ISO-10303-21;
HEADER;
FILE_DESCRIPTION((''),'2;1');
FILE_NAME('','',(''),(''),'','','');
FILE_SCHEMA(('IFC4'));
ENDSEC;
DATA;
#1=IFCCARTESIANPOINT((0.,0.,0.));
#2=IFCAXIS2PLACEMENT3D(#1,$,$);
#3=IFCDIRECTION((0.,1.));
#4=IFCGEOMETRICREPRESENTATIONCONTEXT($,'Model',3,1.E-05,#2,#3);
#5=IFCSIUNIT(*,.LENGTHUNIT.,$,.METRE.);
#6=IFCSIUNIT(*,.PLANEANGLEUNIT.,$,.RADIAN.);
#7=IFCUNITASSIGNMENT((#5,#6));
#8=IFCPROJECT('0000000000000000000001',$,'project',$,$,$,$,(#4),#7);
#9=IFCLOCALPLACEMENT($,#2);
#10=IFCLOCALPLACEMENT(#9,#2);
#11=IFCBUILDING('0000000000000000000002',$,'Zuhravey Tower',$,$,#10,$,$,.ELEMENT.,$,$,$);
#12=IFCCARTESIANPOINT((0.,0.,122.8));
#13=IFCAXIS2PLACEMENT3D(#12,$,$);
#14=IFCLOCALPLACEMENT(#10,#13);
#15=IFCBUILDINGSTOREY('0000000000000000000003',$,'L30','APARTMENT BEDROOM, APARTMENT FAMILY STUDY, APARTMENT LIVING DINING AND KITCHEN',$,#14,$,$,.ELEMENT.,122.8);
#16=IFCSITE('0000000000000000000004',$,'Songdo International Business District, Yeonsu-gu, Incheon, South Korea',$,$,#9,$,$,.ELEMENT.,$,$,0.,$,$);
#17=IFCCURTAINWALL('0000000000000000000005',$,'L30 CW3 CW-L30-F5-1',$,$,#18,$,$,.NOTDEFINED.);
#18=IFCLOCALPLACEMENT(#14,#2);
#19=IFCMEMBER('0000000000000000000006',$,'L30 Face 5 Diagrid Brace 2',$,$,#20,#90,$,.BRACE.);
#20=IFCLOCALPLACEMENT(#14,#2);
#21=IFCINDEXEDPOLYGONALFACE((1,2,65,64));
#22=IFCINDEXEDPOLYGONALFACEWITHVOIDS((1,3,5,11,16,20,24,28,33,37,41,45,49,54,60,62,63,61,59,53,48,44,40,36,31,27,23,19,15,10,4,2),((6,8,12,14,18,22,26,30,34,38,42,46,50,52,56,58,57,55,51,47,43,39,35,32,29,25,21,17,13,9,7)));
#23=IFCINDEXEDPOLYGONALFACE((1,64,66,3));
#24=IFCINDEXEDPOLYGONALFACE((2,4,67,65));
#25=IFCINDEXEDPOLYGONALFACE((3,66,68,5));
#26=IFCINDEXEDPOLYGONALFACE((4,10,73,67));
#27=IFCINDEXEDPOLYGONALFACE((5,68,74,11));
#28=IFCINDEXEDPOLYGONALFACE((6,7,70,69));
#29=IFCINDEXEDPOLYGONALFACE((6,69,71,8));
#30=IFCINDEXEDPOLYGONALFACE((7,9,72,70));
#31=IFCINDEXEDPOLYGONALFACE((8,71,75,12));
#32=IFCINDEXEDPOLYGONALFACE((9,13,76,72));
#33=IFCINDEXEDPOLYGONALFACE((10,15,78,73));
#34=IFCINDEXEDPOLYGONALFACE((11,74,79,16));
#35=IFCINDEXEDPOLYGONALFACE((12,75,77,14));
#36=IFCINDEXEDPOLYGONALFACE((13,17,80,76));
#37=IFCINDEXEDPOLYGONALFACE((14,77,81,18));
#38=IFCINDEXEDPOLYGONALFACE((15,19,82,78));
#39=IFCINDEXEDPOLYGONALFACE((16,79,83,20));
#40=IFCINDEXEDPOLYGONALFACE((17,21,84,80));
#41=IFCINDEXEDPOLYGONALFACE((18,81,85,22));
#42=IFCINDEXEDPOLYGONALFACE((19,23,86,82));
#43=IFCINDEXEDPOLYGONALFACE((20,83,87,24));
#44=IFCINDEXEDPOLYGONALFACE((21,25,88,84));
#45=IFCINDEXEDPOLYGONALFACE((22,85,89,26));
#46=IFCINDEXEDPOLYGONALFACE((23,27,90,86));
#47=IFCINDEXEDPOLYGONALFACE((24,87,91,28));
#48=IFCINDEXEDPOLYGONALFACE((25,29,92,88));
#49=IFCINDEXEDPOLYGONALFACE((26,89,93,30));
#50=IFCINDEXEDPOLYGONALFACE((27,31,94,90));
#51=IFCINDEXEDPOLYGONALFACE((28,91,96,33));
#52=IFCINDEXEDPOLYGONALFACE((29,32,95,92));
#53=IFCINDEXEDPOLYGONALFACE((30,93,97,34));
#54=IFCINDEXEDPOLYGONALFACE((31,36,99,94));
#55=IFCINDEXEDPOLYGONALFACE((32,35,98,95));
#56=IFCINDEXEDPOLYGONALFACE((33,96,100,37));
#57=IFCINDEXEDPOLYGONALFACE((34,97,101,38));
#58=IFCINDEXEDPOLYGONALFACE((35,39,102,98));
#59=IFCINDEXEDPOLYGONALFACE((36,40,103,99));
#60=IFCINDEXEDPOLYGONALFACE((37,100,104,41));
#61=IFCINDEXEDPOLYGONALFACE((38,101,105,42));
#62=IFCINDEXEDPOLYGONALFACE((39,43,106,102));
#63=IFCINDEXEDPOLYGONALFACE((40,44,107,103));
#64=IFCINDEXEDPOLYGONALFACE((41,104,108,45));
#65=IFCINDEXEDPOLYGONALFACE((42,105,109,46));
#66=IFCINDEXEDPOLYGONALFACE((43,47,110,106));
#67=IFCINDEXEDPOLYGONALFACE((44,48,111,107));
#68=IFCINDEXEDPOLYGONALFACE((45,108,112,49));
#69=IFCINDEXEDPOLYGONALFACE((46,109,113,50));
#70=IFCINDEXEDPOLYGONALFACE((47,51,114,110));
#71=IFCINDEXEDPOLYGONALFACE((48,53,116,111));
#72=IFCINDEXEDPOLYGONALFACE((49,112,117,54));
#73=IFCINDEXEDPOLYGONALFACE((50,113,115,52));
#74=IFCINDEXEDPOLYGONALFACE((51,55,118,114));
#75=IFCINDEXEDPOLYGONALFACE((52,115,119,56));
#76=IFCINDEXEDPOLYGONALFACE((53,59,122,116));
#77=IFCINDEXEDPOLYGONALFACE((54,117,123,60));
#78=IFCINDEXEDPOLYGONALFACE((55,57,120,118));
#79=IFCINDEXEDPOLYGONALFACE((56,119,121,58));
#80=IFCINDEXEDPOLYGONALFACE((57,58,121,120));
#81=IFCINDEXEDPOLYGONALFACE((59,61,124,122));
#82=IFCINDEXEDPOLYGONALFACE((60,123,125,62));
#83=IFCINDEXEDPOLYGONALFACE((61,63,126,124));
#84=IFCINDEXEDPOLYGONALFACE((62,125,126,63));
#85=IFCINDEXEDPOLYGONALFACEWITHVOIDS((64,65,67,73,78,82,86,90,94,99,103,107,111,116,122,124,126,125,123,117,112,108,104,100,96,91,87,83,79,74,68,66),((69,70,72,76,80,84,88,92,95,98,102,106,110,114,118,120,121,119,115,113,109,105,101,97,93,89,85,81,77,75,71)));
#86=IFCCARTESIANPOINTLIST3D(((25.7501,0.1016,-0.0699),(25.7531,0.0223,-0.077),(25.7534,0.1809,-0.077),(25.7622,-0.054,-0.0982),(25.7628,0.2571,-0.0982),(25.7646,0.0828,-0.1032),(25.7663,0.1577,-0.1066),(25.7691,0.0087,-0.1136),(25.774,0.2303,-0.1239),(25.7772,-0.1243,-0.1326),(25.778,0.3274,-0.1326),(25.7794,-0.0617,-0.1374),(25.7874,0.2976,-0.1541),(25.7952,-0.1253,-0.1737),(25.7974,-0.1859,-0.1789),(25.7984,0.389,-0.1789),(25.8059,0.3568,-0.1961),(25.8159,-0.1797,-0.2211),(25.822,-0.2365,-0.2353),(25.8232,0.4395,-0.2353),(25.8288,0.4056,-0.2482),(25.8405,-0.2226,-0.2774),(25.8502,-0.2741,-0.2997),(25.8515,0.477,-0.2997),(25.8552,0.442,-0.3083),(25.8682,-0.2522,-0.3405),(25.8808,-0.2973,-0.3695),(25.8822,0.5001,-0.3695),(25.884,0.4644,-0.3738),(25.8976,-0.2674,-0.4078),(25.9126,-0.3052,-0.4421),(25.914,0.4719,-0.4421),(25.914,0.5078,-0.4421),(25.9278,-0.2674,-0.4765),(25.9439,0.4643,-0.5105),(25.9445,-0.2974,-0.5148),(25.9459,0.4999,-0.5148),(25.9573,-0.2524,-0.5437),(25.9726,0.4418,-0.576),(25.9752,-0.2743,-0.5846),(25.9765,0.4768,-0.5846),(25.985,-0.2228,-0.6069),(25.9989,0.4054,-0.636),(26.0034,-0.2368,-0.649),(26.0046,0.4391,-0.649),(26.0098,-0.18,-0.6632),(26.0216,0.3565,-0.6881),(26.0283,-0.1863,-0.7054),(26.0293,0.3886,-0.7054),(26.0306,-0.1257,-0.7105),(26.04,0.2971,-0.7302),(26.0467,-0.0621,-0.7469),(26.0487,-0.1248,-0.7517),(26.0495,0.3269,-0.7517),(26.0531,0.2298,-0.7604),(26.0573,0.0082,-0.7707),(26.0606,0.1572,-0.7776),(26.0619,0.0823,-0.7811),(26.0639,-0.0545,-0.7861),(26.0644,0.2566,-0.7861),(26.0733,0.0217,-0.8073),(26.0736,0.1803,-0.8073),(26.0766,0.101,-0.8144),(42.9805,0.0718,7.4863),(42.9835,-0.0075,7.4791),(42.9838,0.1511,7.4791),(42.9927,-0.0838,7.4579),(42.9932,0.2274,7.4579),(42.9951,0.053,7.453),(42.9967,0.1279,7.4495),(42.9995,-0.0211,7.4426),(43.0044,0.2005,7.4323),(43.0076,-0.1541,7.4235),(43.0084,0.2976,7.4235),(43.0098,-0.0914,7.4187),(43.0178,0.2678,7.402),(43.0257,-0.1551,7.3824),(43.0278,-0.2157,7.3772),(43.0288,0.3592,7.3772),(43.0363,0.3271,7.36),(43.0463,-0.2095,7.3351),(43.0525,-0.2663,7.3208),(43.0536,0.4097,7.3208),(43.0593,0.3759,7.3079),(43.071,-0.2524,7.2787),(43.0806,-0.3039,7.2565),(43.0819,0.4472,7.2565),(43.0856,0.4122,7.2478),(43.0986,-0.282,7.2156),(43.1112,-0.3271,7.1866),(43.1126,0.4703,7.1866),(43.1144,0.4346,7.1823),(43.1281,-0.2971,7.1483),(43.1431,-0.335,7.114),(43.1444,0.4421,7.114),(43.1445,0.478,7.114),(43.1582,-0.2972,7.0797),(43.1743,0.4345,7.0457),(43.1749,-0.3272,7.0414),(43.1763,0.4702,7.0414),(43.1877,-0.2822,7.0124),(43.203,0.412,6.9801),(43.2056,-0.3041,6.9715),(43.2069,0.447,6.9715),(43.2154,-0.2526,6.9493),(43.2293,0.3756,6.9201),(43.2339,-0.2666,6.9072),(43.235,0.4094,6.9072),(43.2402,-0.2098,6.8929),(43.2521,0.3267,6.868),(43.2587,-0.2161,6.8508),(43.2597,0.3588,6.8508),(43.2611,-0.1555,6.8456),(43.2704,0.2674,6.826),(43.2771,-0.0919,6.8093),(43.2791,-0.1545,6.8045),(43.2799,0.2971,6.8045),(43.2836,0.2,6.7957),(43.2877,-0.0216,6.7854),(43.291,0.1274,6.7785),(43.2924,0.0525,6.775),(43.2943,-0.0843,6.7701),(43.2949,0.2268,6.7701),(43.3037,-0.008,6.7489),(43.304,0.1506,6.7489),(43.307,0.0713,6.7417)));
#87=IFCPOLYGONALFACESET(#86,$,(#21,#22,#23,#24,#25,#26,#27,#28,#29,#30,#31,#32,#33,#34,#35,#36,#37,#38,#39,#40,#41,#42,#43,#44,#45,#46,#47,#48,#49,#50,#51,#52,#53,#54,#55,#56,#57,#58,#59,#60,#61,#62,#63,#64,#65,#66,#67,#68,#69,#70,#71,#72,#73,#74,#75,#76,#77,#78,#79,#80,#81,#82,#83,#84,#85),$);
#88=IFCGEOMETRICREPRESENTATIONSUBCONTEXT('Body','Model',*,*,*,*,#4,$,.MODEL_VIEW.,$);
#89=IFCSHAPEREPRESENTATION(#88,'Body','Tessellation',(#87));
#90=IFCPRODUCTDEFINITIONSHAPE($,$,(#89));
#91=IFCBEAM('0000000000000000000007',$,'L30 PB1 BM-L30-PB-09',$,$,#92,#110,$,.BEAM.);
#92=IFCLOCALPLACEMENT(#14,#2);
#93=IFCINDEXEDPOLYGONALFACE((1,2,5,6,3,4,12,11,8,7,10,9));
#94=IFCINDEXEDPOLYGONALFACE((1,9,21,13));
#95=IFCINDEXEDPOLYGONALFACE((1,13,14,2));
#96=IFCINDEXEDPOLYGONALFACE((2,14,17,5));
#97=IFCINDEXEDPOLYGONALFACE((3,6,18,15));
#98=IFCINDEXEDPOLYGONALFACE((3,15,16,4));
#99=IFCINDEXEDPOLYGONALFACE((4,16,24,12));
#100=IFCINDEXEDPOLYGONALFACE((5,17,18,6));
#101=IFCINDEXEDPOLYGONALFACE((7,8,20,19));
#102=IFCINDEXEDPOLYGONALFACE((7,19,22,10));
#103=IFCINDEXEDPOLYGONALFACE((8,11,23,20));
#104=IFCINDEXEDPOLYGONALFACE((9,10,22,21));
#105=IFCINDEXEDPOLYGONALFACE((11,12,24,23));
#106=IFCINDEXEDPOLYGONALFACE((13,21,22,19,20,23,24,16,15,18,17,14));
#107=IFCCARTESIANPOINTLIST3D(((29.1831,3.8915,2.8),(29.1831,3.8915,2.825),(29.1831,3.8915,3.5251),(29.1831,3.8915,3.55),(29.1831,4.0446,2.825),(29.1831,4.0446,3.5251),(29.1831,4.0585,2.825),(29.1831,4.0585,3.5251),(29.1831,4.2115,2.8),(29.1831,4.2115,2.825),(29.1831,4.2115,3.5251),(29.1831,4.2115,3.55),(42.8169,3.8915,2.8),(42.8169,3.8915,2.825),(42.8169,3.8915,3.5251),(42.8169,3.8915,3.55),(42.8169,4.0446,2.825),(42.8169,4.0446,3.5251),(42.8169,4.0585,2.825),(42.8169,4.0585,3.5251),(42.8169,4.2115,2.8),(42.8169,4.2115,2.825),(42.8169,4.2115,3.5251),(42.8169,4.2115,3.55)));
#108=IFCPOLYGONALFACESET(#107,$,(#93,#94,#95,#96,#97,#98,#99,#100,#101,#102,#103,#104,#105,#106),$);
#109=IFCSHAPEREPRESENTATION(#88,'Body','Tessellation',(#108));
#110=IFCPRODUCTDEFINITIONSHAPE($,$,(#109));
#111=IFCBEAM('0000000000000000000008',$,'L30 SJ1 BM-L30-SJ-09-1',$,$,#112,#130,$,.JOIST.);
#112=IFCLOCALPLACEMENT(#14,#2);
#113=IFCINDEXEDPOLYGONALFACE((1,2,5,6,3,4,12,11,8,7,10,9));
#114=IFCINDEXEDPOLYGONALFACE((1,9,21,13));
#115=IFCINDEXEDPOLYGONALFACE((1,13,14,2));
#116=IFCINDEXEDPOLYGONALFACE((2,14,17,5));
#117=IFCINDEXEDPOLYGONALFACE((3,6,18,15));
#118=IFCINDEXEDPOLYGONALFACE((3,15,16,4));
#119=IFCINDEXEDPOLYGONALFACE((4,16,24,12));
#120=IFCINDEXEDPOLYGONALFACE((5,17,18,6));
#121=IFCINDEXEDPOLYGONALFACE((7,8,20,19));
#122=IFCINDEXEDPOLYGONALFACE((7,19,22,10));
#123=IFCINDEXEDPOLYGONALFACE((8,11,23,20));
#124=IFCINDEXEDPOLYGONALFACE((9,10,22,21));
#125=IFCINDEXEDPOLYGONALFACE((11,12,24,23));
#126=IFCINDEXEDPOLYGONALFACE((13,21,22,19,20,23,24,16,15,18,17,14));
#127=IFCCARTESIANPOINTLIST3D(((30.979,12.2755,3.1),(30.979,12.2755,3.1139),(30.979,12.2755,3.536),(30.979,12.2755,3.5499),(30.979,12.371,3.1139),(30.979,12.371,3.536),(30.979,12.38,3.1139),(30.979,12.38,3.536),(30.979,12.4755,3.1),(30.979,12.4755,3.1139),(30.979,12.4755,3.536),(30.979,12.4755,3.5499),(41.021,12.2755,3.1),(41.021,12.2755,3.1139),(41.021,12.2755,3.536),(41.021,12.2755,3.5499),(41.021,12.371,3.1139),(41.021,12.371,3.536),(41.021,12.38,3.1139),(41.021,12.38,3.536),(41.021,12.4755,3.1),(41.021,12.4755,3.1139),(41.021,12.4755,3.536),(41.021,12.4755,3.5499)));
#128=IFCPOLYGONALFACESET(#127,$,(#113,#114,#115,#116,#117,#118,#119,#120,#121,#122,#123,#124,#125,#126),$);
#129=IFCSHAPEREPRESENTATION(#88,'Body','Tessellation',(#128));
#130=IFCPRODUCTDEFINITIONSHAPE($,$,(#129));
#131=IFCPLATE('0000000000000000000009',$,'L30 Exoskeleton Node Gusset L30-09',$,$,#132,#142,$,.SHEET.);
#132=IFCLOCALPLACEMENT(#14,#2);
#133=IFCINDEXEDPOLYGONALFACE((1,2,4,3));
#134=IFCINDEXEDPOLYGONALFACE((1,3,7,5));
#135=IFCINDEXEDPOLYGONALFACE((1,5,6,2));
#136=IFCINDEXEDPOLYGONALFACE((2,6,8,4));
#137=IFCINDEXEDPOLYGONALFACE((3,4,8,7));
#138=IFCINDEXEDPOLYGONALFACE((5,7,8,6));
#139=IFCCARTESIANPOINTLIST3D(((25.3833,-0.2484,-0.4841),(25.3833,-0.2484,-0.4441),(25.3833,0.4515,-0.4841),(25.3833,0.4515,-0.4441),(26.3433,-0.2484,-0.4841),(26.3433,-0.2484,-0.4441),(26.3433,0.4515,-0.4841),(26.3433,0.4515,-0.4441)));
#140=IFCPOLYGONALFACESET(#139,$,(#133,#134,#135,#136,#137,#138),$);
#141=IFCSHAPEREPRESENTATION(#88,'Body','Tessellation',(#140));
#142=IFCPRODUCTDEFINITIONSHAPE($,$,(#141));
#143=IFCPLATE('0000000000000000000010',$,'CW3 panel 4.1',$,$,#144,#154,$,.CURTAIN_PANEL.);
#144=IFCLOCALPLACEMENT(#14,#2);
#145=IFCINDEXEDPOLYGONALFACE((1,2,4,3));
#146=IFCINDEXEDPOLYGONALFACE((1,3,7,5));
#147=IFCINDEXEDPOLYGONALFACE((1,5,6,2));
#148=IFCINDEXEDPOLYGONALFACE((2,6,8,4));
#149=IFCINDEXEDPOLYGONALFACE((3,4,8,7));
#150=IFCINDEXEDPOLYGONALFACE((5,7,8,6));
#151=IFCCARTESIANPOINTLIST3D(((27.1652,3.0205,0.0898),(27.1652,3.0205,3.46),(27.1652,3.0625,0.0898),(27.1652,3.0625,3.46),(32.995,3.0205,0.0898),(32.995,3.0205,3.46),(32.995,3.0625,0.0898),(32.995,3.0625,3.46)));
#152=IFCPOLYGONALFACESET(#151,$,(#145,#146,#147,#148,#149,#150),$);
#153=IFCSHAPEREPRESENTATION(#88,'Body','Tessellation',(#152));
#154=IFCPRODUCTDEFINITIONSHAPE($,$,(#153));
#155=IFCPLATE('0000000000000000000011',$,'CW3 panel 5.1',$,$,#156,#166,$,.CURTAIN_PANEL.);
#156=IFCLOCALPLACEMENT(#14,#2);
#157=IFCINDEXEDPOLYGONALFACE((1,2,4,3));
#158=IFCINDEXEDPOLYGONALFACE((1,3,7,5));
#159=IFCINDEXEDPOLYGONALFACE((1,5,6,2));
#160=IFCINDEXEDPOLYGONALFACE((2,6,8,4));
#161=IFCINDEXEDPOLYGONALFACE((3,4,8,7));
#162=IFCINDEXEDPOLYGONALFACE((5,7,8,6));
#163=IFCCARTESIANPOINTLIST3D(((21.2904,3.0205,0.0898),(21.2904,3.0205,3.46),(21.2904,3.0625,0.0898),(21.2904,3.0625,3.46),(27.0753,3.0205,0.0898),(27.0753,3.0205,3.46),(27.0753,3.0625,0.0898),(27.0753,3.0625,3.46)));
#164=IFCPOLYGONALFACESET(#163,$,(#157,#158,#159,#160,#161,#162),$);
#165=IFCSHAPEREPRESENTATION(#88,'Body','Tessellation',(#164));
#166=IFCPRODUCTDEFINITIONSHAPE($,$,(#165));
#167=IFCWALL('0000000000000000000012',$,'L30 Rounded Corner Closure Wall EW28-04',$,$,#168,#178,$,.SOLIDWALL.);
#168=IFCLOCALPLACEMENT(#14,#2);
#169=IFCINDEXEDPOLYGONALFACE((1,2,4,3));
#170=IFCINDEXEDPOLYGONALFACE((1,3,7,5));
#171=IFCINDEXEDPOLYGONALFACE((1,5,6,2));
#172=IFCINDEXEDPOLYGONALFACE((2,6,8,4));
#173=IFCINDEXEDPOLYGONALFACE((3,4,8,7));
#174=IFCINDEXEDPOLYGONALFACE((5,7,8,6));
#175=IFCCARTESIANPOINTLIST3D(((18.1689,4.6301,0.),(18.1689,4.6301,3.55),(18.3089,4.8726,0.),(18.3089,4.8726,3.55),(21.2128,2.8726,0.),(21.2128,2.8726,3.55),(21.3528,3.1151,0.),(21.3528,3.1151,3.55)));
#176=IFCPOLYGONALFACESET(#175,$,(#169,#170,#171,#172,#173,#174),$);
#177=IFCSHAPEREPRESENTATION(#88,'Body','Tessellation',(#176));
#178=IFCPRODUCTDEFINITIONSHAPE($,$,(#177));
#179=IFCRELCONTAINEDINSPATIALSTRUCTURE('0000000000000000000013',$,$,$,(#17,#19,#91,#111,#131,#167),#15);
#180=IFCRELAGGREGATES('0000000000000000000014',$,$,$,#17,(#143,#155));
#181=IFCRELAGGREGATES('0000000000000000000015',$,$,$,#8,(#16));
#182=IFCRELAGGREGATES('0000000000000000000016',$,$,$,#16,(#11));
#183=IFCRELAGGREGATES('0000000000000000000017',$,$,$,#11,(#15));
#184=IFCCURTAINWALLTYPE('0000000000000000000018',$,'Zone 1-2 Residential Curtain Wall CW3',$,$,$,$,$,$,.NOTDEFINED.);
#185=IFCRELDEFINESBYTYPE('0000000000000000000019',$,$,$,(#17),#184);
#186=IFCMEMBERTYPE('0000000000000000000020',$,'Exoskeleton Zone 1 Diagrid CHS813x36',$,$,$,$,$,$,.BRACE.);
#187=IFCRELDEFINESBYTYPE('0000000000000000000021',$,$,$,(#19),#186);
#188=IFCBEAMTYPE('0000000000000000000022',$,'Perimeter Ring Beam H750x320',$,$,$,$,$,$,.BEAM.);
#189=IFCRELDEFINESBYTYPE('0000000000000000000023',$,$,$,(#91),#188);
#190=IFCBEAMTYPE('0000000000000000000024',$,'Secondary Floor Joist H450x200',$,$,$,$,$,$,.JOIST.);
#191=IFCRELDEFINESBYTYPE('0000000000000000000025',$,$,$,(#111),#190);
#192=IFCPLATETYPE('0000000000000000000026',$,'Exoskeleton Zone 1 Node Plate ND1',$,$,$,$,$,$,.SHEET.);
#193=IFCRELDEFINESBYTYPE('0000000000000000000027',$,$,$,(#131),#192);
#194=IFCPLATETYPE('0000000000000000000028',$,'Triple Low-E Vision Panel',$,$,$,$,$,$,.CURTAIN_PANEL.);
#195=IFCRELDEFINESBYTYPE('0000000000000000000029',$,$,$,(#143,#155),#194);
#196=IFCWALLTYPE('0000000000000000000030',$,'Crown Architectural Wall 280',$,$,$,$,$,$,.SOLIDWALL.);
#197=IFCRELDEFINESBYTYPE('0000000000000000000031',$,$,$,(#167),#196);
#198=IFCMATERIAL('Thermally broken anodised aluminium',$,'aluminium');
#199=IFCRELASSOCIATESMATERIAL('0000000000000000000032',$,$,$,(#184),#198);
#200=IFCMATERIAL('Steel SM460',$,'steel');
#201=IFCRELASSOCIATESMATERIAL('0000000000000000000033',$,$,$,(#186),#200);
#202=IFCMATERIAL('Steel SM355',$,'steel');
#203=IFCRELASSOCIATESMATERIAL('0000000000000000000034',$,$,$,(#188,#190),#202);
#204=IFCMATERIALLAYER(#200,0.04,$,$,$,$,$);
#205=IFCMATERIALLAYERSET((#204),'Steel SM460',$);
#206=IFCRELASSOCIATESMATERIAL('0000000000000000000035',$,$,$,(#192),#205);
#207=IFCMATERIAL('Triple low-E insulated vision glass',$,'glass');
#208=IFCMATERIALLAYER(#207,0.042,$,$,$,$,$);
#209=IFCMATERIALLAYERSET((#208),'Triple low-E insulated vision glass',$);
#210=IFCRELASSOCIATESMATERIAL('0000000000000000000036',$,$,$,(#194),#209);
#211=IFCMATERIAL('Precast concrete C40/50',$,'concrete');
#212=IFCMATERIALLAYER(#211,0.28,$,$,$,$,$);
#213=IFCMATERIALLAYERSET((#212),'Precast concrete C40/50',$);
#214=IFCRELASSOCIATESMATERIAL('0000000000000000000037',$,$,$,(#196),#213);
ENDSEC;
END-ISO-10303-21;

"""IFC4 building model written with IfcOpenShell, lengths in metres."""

from ifc_helpers import new_model, si_unit, direction, frame, frame_2d, origin, origin_2d, place, context, subcontext, project, spatial, rectangle, hollow_circle, i_section, extrude, material, layer, layer_set, material_profile, profile_set, type_object, element, aggregate, save


model = new_model("IFC4")

# Units and contexts
model_context = context("Model", 3, precision=1e-05, world=origin(), true_north=direction((0.0, 1.0)))
body_context = subcontext(model_context, "Body", "Model", "MODEL_VIEW")
ifc_project = project(units=[si_unit("LENGTHUNIT", "METRE"), si_unit("PLANEANGLEUNIT", "RADIAN")], contexts=[model_context])

# Site, building, storey
site_placement = place(None, origin())
site = spatial("IfcSite", under=ifc_project, at=site_placement, Name="Songdo International Business District, Yeonsu-gu, Incheon, South Korea", CompositionType="ELEMENT", RefElevation=0.0)
building_placement = place(site_placement, origin())
building = spatial("IfcBuilding", under=site, at=building_placement, Name="Zuhravey Tower", CompositionType="ELEMENT")
storey_placement = place(building_placement, frame((0.0, 0.0, 122.8)))
storey = spatial("IfcBuildingStorey", under=building, at=storey_placement, Name="L30", Description="APARTMENT BEDROOM, APARTMENT FAMILY STUDY, APARTMENT LIVING DINING AND KITCHEN", CompositionType="ELEMENT", Elevation=122.8)

# Curtain wall
ifc_material_1 = material(Name="Thermally broken anodised aluminium", Category="aluminium")
curtain_wall_type = type_object("IfcCurtainWallType", Name="Zone 1-2 Residential Curtain Wall CW3", PredefinedType="NOTDEFINED", material=ifc_material_1)
curtain_wall_placement = place(storey_placement, origin())
curtain_wall = element("IfcCurtainWall", 1, at=curtain_wall_placement, inside=storey, type_object=curtain_wall_type, Name="L30 CW3 CW-L30-F5-1", PredefinedType="NOTDEFINED")

# Member
ifc_material_2 = material(Name="Steel SM355", Category="steel")
ifc_material_3 = material(Name="Steel SM460", Category="steel")
ifc_material_profile_1 = material_profile(ifc_material_3, hollow_circle(Radius=0.4065, WallThickness=0.0359, at=origin_2d()), Name="CHS-812.8x36")
ifc_profile_set_1 = profile_set([ifc_material_profile_1], Name="Steel SM460")
member_type_1 = type_object("IfcMemberType", Name="Exoskeleton Zone 1 Diagrid CHS813x36", PredefinedType="BRACE", material=ifc_profile_set_1)
member_1_placement = place(storey_placement, frame((25.9133, 0.1013, -0.4421), z_axis=(0.915808, -0.001583, 0.401613), x_axis=(0.001729, 0.999999, 0.0)))
element("IfcMember", 2, at=member_1_placement, inside=storey, type_object=member_type_1, Name="L30 Face 5 Diagrid Brace 2", PredefinedType="BRACE", context=body_context, shape_type="SweptSolid", body=[
    extrude(hollow_circle(Radius=0.4065, WallThickness=0.0359, at=origin_2d()), origin(), (0.0, 0.0, 1.0), 18.8145),
])

# Beams
ifc_material_profile_2 = material_profile(ifc_material_2, i_section(OverallWidth=0.3201, OverallDepth=0.75, WebThickness=0.0139, FlangeThickness=0.0249, at=origin_2d()), Name="H-750x320x14x25")
ifc_profile_set_2 = profile_set([ifc_material_profile_2], Name="Steel SM355")
beam_type_1 = type_object("IfcBeamType", Name="Perimeter Ring Beam H750x320", PredefinedType="BEAM", material=ifc_profile_set_2)
beam_1_placement = place(storey_placement, frame((29.1831, 4.0515, 3.175), z_axis=(1.0, 0.0, 0.0), x_axis=(0.0, 1.0, 0.0)))
element("IfcBeam", 3, at=beam_1_placement, inside=storey, type_object=beam_type_1, Name="L30 PB1 BM-L30-PB-09", PredefinedType="BEAM", context=body_context, shape_type="SweptSolid", body=[
    extrude(i_section(OverallWidth=0.3201, OverallDepth=0.75, WebThickness=0.0139, FlangeThickness=0.0249, at=origin_2d()), origin(), (0.0, 0.0, 1.0), 13.6338),
])
ifc_material_profile_3 = material_profile(ifc_material_2, i_section(OverallWidth=0.2, OverallDepth=0.45, WebThickness=0.009, FlangeThickness=0.0139, at=origin_2d()), Name="H-450x200x9x14")
ifc_profile_set_3 = profile_set([ifc_material_profile_3], Name="Steel SM355")
beam_type_2 = type_object("IfcBeamType", Name="Secondary Floor Joist H450x200", PredefinedType="JOIST", material=ifc_profile_set_3)
beam_2_placement = place(storey_placement, frame((30.979, 12.3755, 3.325), z_axis=(1.0, 0.0, 0.0), x_axis=(0.0, 1.0, 0.0)))
element("IfcBeam", 4, at=beam_2_placement, inside=storey, type_object=beam_type_2, Name="L30 SJ1 BM-L30-SJ-09-1", PredefinedType="JOIST", context=body_context, shape_type="SweptSolid", body=[
    extrude(i_section(OverallWidth=0.2, OverallDepth=0.45, WebThickness=0.009, FlangeThickness=0.0139, at=origin_2d()), origin(), (0.0, 0.0, 1.0), 10.042),
])

# Plates
ifc_layer_1 = layer(ifc_material_3, 0.04)
ifc_layer_set_1 = layer_set([ifc_layer_1], Name="Steel SM460")
plate_type_1 = type_object("IfcPlateType", Name="Exoskeleton Zone 1 Node Plate ND1", PredefinedType="SHEET", material=ifc_layer_set_1)
plate_1_placement = place(storey_placement, frame((25.8633, 0.1016, -0.4841), z_axis=(0.0, 0.0, 1.0), x_axis=(1.0, 0.0, 0.0)))
element("IfcPlate", 5, at=plate_1_placement, inside=storey, type_object=plate_type_1, Name="L30 Exoskeleton Node Gusset L30-09", PredefinedType="SHEET", context=body_context, shape_type="SweptSolid", body=[
    extrude(rectangle(XDim=0.96, YDim=0.7, at=origin_2d()), origin(), (0.0, 0.0, 1.0), 0.04),
])
ifc_material_4 = material(Name="Triple low-E insulated vision glass", Category="glass")
ifc_layer_2 = layer(ifc_material_4, 0.042)
ifc_layer_set_2 = layer_set([ifc_layer_2], Name="Triple low-E insulated vision glass")
plate_type_2 = type_object("IfcPlateType", Name="Triple Low-E Vision Panel", PredefinedType="CURTAIN_PANEL", material=ifc_layer_set_2)
plate_2_placement = place(storey_placement, frame((30.0801, 3.0415, 0.0898), z_axis=(0.0, 0.0, 1.0), x_axis=(-1.0, 0.0, 0.0)))
plate_2 = element("IfcPlate", 6, at=plate_2_placement, type_object=plate_type_2, Name="CW3 panel 4.1", PredefinedType="CURTAIN_PANEL", context=body_context, shape_type="SweptSolid", body=[
    extrude(rectangle(XDim=5.8298, YDim=0.042, at=origin_2d()), origin(), (0.0, 0.0, 1.0), 3.3701),
])
plate_3_placement = place(storey_placement, frame((24.1829, 3.0415, 0.0898), z_axis=(0.0, 0.0, 1.0), x_axis=(-1.0, 0.0, 0.0)))
plate_3 = element("IfcPlate", 7, at=plate_3_placement, type_object=plate_type_2, Name="CW3 panel 5.1", PredefinedType="CURTAIN_PANEL", context=body_context, shape_type="SweptSolid", body=[
    extrude(rectangle(XDim=5.7849, YDim=0.042, at=origin_2d()), origin(), (0.0, 0.0, 1.0), 3.3701),
])
aggregate(curtain_wall, [plate_2, plate_3])

# Wall
ifc_material_5 = material(Name="Precast concrete C40/50", Category="concrete")
ifc_layer_3 = layer(ifc_material_5, 0.28)
ifc_layer_set_3 = layer_set([ifc_layer_3], Name="Precast concrete C40/50")
wall_type_1 = type_object("IfcWallType", Name="Crown Architectural Wall 280", PredefinedType="SOLIDWALL", material=ifc_layer_set_3)
wall_1_placement = place(storey_placement, frame((21.2827, 2.9939, 0.0), z_axis=(0.0, 0.0, 1.0), x_axis=(-0.866007, 0.500031, 0.0)))
element("IfcWall", 8, at=wall_1_placement, inside=storey, type_object=wall_type_1, Name="L30 Rounded Corner Closure Wall EW28-04", PredefinedType="SOLIDWALL", context=body_context, shape_type="SweptSolid", body=[
    extrude(rectangle(XDim=3.5149, YDim=0.28, at=frame_2d((1.7573, 0.0))), origin(), (0.0, 0.0, 1.0), 3.55),
])

save(model, "model.ifc")
